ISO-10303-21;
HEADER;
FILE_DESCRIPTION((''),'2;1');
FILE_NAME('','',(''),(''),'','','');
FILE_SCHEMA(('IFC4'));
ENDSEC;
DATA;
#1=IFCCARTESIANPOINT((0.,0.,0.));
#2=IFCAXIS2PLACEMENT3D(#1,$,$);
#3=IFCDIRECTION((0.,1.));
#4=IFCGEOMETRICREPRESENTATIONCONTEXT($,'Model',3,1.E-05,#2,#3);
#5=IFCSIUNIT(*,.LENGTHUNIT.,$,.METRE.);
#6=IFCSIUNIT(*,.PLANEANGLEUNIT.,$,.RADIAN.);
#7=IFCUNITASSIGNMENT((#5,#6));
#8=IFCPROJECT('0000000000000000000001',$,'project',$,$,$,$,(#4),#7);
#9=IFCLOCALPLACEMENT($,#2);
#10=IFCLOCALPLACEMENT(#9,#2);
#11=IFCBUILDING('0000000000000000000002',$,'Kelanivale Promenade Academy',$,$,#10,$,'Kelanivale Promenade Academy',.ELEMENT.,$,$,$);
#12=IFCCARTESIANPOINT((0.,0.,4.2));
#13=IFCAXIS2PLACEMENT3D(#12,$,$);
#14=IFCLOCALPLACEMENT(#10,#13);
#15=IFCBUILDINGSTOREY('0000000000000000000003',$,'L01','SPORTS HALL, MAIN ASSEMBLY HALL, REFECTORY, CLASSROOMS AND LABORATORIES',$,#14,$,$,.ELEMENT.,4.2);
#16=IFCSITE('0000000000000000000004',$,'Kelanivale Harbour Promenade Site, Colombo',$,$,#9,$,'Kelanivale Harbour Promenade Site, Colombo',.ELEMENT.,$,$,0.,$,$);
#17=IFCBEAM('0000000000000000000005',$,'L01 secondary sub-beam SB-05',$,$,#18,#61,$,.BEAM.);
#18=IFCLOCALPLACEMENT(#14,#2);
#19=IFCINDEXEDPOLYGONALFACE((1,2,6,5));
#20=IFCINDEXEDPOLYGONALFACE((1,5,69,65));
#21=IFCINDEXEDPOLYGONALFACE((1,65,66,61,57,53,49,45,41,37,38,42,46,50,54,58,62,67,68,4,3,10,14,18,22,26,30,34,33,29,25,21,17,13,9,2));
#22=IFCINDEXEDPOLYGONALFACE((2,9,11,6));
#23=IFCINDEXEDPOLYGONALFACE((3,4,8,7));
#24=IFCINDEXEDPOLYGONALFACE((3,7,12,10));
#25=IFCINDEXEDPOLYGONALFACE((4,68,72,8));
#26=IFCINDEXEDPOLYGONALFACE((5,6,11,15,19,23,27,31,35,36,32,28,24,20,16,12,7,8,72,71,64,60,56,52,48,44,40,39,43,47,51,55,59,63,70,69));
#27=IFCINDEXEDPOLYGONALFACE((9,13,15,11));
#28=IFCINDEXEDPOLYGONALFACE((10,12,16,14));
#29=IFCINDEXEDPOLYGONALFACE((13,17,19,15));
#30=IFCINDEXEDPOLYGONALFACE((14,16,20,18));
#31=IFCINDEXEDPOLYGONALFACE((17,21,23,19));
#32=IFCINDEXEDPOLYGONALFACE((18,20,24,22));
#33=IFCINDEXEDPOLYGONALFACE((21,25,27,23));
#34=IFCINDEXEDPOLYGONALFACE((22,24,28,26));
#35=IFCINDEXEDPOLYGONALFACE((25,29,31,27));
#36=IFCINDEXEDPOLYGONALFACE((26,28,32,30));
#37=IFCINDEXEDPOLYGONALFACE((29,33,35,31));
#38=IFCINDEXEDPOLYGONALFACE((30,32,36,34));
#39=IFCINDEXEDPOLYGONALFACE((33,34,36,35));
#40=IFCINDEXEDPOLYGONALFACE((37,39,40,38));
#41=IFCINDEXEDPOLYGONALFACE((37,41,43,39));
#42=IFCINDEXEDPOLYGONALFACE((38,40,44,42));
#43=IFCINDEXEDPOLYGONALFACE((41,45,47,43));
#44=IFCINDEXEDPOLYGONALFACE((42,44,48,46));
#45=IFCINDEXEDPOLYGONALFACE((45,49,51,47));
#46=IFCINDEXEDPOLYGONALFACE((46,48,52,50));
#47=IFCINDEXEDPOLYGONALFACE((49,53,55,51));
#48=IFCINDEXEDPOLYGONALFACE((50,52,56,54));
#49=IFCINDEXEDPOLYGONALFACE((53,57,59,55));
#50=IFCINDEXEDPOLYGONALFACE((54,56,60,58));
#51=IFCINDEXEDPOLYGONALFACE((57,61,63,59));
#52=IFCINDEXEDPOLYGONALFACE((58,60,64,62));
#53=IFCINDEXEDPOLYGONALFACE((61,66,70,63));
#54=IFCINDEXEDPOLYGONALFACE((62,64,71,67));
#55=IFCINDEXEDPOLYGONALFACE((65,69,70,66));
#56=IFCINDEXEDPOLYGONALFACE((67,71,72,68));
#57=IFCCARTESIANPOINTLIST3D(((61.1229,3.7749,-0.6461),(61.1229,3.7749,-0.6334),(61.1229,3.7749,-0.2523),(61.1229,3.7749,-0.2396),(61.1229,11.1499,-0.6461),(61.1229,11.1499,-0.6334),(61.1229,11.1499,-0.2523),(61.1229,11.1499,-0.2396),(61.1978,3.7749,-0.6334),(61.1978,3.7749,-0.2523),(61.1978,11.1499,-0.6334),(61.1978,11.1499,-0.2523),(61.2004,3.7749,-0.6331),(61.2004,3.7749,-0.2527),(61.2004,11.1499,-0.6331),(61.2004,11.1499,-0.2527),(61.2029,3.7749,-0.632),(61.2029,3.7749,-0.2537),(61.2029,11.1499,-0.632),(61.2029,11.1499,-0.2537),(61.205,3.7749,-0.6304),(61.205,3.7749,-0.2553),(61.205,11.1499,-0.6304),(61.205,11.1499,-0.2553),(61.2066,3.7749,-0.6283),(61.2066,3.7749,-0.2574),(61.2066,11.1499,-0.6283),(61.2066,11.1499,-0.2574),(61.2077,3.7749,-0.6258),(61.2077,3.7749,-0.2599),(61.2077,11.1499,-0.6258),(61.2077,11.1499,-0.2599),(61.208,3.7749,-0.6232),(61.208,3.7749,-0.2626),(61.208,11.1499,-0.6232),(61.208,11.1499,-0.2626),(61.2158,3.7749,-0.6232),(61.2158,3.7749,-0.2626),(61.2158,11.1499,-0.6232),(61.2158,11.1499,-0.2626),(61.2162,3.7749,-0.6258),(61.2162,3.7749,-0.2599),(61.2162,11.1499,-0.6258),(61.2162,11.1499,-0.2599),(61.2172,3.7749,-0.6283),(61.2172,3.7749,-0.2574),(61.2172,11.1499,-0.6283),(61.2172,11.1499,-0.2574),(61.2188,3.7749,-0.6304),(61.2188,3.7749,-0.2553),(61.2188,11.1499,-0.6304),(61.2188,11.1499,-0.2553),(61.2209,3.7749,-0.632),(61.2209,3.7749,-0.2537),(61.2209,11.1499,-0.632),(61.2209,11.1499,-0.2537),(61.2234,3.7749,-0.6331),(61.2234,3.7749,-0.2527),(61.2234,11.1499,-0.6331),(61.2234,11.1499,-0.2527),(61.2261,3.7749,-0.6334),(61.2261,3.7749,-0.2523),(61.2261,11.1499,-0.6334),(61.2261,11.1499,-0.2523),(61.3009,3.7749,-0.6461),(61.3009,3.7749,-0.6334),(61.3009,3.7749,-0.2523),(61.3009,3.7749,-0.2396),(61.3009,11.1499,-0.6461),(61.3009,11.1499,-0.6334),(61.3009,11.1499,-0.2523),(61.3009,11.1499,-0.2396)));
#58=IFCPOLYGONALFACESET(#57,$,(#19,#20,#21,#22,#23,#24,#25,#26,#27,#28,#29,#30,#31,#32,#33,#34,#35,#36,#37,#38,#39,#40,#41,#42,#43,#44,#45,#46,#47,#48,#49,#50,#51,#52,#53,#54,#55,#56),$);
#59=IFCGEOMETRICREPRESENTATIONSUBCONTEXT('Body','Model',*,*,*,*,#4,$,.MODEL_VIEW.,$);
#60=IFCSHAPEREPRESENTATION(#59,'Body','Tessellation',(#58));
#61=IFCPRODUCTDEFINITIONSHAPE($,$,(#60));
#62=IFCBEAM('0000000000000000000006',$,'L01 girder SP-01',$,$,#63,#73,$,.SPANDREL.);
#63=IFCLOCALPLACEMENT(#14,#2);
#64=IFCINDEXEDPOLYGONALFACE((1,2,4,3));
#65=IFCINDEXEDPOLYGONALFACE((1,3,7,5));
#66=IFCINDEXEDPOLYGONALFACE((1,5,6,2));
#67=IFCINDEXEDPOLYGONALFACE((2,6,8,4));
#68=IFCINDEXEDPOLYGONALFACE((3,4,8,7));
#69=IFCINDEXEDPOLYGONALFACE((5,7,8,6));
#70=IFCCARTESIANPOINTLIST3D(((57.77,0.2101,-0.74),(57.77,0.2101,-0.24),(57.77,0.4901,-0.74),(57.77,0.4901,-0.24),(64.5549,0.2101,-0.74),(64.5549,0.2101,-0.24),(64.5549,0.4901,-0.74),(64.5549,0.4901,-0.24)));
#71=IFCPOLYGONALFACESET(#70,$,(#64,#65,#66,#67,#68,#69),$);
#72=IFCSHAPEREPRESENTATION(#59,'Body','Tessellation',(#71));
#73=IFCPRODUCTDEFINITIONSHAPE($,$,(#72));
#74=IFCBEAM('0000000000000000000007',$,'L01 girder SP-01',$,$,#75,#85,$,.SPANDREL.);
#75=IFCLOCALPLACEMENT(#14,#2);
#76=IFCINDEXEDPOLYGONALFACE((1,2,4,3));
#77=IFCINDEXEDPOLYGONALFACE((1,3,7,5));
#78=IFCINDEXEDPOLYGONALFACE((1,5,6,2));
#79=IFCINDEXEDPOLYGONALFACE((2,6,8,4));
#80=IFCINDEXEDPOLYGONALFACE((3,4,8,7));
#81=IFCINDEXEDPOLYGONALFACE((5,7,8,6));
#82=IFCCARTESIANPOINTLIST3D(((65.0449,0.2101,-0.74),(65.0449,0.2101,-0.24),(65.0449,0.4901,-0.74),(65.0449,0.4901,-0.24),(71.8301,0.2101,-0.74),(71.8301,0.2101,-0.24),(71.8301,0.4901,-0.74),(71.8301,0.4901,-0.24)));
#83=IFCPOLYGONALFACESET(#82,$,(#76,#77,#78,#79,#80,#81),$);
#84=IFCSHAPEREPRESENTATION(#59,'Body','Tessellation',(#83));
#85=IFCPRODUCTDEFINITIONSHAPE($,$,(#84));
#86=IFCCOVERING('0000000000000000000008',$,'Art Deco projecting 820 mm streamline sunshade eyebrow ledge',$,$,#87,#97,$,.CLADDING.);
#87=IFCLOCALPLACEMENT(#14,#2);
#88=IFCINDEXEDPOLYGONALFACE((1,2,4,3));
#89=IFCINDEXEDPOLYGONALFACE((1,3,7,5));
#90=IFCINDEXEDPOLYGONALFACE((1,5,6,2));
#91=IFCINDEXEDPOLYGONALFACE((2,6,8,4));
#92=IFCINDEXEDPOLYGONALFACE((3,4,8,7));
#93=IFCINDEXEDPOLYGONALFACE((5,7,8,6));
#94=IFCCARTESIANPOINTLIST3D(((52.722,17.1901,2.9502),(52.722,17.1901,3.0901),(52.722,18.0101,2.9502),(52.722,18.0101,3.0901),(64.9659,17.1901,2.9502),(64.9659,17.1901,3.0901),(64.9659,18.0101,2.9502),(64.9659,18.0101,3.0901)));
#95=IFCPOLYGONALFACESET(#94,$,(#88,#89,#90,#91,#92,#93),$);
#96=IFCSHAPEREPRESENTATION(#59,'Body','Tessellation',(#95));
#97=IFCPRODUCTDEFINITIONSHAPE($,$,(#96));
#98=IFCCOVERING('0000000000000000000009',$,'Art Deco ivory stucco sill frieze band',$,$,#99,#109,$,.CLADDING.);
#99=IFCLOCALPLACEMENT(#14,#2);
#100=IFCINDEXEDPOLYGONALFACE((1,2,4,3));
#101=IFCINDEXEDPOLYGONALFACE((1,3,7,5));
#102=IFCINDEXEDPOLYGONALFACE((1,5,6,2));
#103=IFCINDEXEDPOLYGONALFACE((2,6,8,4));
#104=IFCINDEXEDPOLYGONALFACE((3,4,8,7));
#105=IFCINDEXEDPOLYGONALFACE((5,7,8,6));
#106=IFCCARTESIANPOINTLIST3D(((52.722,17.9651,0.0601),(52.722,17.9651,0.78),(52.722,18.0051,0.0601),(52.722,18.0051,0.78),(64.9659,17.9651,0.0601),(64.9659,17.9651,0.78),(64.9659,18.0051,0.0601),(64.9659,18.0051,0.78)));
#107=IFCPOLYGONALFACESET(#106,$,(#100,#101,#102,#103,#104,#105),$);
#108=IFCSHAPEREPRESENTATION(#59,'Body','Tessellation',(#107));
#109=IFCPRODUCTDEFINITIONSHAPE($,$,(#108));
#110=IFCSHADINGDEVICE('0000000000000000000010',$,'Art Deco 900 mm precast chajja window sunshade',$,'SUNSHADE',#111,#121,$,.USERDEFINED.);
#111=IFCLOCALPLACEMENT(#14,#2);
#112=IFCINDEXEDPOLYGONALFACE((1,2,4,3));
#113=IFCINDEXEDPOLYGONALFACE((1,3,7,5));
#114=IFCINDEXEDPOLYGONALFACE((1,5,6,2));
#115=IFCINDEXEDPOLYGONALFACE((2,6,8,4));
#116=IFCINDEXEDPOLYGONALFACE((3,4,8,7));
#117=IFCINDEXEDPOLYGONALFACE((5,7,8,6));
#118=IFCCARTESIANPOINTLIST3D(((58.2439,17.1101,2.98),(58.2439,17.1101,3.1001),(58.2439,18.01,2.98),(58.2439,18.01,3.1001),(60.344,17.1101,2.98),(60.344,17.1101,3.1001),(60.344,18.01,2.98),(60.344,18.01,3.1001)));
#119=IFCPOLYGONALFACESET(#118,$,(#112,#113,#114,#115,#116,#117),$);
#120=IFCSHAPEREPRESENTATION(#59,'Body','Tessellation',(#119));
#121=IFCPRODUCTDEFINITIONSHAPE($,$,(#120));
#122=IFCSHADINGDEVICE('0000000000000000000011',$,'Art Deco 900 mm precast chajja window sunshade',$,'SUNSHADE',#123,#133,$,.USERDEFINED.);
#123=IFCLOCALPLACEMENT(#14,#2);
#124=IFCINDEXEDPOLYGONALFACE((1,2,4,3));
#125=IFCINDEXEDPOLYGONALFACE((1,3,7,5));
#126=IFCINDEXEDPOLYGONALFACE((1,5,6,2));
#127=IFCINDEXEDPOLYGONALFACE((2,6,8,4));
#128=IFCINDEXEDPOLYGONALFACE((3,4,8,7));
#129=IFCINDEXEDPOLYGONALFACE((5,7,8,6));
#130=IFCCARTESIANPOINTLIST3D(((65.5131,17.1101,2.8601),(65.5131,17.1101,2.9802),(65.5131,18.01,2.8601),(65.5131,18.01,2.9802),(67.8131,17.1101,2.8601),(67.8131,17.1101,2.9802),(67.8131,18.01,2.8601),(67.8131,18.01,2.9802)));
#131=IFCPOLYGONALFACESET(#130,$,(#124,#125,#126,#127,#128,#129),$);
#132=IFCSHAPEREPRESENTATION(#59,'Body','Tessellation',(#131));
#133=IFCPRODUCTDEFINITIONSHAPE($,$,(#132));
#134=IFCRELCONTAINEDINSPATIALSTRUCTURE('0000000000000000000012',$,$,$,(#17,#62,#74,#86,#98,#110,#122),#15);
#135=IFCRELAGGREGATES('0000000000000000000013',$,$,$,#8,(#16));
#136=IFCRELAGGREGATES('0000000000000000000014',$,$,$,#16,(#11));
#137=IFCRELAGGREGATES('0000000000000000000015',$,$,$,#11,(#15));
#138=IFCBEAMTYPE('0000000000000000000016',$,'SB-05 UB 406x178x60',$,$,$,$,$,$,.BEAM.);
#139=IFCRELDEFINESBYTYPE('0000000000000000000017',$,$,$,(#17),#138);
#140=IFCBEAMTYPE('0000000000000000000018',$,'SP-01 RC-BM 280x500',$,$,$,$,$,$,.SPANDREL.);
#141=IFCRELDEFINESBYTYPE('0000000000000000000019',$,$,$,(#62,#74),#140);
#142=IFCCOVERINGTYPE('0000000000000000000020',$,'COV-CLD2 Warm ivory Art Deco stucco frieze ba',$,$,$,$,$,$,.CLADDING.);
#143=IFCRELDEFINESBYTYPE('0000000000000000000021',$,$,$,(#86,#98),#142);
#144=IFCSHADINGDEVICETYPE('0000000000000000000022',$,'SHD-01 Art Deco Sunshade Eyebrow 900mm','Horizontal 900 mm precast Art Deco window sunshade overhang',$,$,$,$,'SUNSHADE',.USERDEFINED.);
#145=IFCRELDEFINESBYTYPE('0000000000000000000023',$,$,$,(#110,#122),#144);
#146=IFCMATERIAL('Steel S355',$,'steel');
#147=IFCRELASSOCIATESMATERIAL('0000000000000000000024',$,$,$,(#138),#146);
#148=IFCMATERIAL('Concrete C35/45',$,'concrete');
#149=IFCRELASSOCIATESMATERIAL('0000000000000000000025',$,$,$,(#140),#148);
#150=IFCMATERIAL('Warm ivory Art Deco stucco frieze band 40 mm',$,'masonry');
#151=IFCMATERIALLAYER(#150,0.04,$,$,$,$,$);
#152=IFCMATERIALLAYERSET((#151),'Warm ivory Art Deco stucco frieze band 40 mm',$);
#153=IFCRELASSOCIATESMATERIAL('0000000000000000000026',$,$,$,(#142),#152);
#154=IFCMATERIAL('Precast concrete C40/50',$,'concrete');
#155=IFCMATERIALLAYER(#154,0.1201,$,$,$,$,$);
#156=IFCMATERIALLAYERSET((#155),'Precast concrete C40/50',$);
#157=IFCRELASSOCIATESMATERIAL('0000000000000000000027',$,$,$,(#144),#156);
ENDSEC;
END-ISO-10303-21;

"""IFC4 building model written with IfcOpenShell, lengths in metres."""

from ifc_helpers import new_model, si_unit, direction, frame, origin, origin_2d, place, context, subcontext, project, spatial, rectangle, i_section, extrude, material, layer, layer_set, material_profile, profile_set, type_object, element, save


model = new_model("IFC4")

# Units and contexts
model_context = context("Model", 3, precision=1e-05, world=origin(), true_north=direction((0.0, 1.0)))
body_context = subcontext(model_context, "Body", "Model", "MODEL_VIEW")
ifc_project = project(units=[si_unit("LENGTHUNIT", "METRE"), si_unit("PLANEANGLEUNIT", "RADIAN")], contexts=[model_context])

# Site, building, storey
site_placement = place(None, origin())
site = spatial("IfcSite", under=ifc_project, at=site_placement, Name="Kelanivale Harbour Promenade Site, Colombo", LongName="Kelanivale Harbour Promenade Site, Colombo", CompositionType="ELEMENT", RefElevation=0.0)
building_placement = place(site_placement, origin())
building = spatial("IfcBuilding", under=site, at=building_placement, Name="Kelanivale Promenade Academy", LongName="Kelanivale Promenade Academy", CompositionType="ELEMENT")
storey_placement = place(building_placement, frame((0.0, 0.0, 4.2)))
storey = spatial("IfcBuildingStorey", under=building, at=storey_placement, Name="L01", Description="SPORTS HALL, MAIN ASSEMBLY HALL, REFECTORY, CLASSROOMS AND LABORATORIES", CompositionType="ELEMENT", Elevation=4.2)

# Beams
ifc_material_1 = material(Name="Concrete C35/45", Category="concrete")
ifc_material_2 = material(Name="Steel S355", Category="steel")
ifc_material_profile_1 = material_profile(ifc_material_2, i_section(OverallWidth=0.178, OverallDepth=0.4065, WebThickness=0.0078, FlangeThickness=0.0127, FilletRadius=0.0103, at=origin_2d()), Name="UB 406x178x60")
ifc_profile_set_1 = profile_set([ifc_material_profile_1], Name="Steel S355")
beam_type_1 = type_object("IfcBeamType", Name="SB-05 UB 406x178x60", PredefinedType="BEAM", material=ifc_profile_set_1)
beam_1_placement = place(storey_placement, frame((61.2119, 3.7749, -0.4429), z_axis=(0.0, 1.0, 0.0), x_axis=(-1.0, 0.0, 0.0)))
element("IfcBeam", 1, at=beam_1_placement, inside=storey, type_object=beam_type_1, Name="L01 secondary sub-beam SB-05", PredefinedType="BEAM", context=body_context, shape_type="SweptSolid", body=[
    extrude(i_section(OverallWidth=0.178, OverallDepth=0.4065, WebThickness=0.0078, FlangeThickness=0.0127, FilletRadius=0.0103, at=origin_2d()), origin(), (0.0, 0.0, 1.0), 7.375),
])
ifc_material_profile_2 = material_profile(ifc_material_1, rectangle(XDim=0.28, YDim=0.5, at=origin_2d()), Name="RC-BM 280x500")
ifc_profile_set_2 = profile_set([ifc_material_profile_2], Name="Concrete C35/45")
beam_type_2 = type_object("IfcBeamType", Name="SP-01 RC-BM 280x500", PredefinedType="SPANDREL", material=ifc_profile_set_2)
beam_2_placement = place(storey_placement, frame((57.77, 0.3501, -0.49), z_axis=(1.0, 0.0, 0.0), x_axis=(0.0, 1.0, 0.0)))
element("IfcBeam", 2, at=beam_2_placement, inside=storey, type_object=beam_type_2, Name="L01 girder SP-01", PredefinedType="SPANDREL", context=body_context, shape_type="SweptSolid", body=[
    extrude(rectangle(XDim=0.28, YDim=0.5, at=origin_2d()), origin(), (0.0, 0.0, 1.0), 6.7849),
])
beam_3_placement = place(storey_placement, frame((65.0449, 0.3501, -0.49), z_axis=(1.0, 0.0, 0.0), x_axis=(0.0, 1.0, 0.0)))
element("IfcBeam", 3, at=beam_3_placement, inside=storey, type_object=beam_type_2, Name="L01 girder SP-01", PredefinedType="SPANDREL", context=body_context, shape_type="SweptSolid", body=[
    extrude(rectangle(XDim=0.28, YDim=0.5, at=origin_2d()), origin(), (0.0, 0.0, 1.0), 6.7852),
])

# Coverings
ifc_material_3 = material(Name="Warm ivory Art Deco stucco frieze band 40 mm", Category="masonry")
ifc_layer_1 = layer(ifc_material_3, 0.04)
ifc_layer_set_1 = layer_set([ifc_layer_1], Name="Warm ivory Art Deco stucco frieze band 40 mm")
covering_type = type_object("IfcCoveringType", Name="COV-CLD2 Warm ivory Art Deco stucco frieze ba", PredefinedType="CLADDING", material=ifc_layer_set_1)
covering_1_placement = place(storey_placement, frame((58.844, 17.6001, 2.9502), z_axis=(0.0, 0.0, 1.0), x_axis=(1.0, 0.0, 0.0)))
element("IfcCovering", 4, at=covering_1_placement, inside=storey, type_object=covering_type, Name="Art Deco projecting 820 mm streamline sunshade eyebrow ledge", PredefinedType="CLADDING", context=body_context, shape_type="SweptSolid", body=[
    extrude(rectangle(XDim=12.2439, YDim=0.8201, at=origin_2d()), origin(), (0.0, 0.0, 1.0), 0.1399),
])
covering_2_placement = place(storey_placement, frame((58.844, 17.9851, 0.0601), z_axis=(0.0, 0.0, 1.0), x_axis=(1.0, 0.0, 0.0)))
element("IfcCovering", 5, at=covering_2_placement, inside=storey, type_object=covering_type, Name="Art Deco ivory stucco sill frieze band", PredefinedType="CLADDING", context=body_context, shape_type="SweptSolid", body=[
    extrude(rectangle(XDim=12.2439, YDim=0.04, at=origin_2d()), origin(), (0.0, 0.0, 1.0), 0.72),
])

# Shading devices
ifc_material_4 = material(Name="Precast concrete C40/50", Category="concrete")
ifc_layer_2 = layer(ifc_material_4, 0.1201)
ifc_layer_set_2 = layer_set([ifc_layer_2], Name="Precast concrete C40/50")
shading_device_type = type_object("IfcShadingDeviceType", Name="SHD-01 Art Deco Sunshade Eyebrow 900mm", Description="Horizontal 900 mm precast Art Deco window sunshade overhang", ElementType="SUNSHADE", PredefinedType="USERDEFINED", material=ifc_layer_set_2)
shading_device_1_placement = place(storey_placement, frame((59.2939, 17.5601, 2.98), z_axis=(0.0, 0.0, 1.0), x_axis=(1.0, 0.0, 0.0)))
element("IfcShadingDevice", 6, at=shading_device_1_placement, inside=storey, type_object=shading_device_type, Name="Art Deco 900 mm precast chajja window sunshade", ObjectType="SUNSHADE", PredefinedType="USERDEFINED", context=body_context, shape_type="SweptSolid", body=[
    extrude(rectangle(XDim=2.1001, YDim=0.8999, at=origin_2d()), origin(), (0.0, 0.0, 1.0), 0.1201),
])
shading_device_2_placement = place(storey_placement, frame((66.6631, 17.5601, 2.8601), z_axis=(0.0, 0.0, 1.0), x_axis=(1.0, 0.0, 0.0)))
element("IfcShadingDevice", 7, at=shading_device_2_placement, inside=storey, type_object=shading_device_type, Name="Art Deco 900 mm precast chajja window sunshade", ObjectType="SUNSHADE", PredefinedType="USERDEFINED", context=body_context, shape_type="SweptSolid", body=[
    extrude(rectangle(XDim=2.3, YDim=0.8999, at=origin_2d()), origin(), (0.0, 0.0, 1.0), 0.1201),
])

save(model, "model.ifc")
